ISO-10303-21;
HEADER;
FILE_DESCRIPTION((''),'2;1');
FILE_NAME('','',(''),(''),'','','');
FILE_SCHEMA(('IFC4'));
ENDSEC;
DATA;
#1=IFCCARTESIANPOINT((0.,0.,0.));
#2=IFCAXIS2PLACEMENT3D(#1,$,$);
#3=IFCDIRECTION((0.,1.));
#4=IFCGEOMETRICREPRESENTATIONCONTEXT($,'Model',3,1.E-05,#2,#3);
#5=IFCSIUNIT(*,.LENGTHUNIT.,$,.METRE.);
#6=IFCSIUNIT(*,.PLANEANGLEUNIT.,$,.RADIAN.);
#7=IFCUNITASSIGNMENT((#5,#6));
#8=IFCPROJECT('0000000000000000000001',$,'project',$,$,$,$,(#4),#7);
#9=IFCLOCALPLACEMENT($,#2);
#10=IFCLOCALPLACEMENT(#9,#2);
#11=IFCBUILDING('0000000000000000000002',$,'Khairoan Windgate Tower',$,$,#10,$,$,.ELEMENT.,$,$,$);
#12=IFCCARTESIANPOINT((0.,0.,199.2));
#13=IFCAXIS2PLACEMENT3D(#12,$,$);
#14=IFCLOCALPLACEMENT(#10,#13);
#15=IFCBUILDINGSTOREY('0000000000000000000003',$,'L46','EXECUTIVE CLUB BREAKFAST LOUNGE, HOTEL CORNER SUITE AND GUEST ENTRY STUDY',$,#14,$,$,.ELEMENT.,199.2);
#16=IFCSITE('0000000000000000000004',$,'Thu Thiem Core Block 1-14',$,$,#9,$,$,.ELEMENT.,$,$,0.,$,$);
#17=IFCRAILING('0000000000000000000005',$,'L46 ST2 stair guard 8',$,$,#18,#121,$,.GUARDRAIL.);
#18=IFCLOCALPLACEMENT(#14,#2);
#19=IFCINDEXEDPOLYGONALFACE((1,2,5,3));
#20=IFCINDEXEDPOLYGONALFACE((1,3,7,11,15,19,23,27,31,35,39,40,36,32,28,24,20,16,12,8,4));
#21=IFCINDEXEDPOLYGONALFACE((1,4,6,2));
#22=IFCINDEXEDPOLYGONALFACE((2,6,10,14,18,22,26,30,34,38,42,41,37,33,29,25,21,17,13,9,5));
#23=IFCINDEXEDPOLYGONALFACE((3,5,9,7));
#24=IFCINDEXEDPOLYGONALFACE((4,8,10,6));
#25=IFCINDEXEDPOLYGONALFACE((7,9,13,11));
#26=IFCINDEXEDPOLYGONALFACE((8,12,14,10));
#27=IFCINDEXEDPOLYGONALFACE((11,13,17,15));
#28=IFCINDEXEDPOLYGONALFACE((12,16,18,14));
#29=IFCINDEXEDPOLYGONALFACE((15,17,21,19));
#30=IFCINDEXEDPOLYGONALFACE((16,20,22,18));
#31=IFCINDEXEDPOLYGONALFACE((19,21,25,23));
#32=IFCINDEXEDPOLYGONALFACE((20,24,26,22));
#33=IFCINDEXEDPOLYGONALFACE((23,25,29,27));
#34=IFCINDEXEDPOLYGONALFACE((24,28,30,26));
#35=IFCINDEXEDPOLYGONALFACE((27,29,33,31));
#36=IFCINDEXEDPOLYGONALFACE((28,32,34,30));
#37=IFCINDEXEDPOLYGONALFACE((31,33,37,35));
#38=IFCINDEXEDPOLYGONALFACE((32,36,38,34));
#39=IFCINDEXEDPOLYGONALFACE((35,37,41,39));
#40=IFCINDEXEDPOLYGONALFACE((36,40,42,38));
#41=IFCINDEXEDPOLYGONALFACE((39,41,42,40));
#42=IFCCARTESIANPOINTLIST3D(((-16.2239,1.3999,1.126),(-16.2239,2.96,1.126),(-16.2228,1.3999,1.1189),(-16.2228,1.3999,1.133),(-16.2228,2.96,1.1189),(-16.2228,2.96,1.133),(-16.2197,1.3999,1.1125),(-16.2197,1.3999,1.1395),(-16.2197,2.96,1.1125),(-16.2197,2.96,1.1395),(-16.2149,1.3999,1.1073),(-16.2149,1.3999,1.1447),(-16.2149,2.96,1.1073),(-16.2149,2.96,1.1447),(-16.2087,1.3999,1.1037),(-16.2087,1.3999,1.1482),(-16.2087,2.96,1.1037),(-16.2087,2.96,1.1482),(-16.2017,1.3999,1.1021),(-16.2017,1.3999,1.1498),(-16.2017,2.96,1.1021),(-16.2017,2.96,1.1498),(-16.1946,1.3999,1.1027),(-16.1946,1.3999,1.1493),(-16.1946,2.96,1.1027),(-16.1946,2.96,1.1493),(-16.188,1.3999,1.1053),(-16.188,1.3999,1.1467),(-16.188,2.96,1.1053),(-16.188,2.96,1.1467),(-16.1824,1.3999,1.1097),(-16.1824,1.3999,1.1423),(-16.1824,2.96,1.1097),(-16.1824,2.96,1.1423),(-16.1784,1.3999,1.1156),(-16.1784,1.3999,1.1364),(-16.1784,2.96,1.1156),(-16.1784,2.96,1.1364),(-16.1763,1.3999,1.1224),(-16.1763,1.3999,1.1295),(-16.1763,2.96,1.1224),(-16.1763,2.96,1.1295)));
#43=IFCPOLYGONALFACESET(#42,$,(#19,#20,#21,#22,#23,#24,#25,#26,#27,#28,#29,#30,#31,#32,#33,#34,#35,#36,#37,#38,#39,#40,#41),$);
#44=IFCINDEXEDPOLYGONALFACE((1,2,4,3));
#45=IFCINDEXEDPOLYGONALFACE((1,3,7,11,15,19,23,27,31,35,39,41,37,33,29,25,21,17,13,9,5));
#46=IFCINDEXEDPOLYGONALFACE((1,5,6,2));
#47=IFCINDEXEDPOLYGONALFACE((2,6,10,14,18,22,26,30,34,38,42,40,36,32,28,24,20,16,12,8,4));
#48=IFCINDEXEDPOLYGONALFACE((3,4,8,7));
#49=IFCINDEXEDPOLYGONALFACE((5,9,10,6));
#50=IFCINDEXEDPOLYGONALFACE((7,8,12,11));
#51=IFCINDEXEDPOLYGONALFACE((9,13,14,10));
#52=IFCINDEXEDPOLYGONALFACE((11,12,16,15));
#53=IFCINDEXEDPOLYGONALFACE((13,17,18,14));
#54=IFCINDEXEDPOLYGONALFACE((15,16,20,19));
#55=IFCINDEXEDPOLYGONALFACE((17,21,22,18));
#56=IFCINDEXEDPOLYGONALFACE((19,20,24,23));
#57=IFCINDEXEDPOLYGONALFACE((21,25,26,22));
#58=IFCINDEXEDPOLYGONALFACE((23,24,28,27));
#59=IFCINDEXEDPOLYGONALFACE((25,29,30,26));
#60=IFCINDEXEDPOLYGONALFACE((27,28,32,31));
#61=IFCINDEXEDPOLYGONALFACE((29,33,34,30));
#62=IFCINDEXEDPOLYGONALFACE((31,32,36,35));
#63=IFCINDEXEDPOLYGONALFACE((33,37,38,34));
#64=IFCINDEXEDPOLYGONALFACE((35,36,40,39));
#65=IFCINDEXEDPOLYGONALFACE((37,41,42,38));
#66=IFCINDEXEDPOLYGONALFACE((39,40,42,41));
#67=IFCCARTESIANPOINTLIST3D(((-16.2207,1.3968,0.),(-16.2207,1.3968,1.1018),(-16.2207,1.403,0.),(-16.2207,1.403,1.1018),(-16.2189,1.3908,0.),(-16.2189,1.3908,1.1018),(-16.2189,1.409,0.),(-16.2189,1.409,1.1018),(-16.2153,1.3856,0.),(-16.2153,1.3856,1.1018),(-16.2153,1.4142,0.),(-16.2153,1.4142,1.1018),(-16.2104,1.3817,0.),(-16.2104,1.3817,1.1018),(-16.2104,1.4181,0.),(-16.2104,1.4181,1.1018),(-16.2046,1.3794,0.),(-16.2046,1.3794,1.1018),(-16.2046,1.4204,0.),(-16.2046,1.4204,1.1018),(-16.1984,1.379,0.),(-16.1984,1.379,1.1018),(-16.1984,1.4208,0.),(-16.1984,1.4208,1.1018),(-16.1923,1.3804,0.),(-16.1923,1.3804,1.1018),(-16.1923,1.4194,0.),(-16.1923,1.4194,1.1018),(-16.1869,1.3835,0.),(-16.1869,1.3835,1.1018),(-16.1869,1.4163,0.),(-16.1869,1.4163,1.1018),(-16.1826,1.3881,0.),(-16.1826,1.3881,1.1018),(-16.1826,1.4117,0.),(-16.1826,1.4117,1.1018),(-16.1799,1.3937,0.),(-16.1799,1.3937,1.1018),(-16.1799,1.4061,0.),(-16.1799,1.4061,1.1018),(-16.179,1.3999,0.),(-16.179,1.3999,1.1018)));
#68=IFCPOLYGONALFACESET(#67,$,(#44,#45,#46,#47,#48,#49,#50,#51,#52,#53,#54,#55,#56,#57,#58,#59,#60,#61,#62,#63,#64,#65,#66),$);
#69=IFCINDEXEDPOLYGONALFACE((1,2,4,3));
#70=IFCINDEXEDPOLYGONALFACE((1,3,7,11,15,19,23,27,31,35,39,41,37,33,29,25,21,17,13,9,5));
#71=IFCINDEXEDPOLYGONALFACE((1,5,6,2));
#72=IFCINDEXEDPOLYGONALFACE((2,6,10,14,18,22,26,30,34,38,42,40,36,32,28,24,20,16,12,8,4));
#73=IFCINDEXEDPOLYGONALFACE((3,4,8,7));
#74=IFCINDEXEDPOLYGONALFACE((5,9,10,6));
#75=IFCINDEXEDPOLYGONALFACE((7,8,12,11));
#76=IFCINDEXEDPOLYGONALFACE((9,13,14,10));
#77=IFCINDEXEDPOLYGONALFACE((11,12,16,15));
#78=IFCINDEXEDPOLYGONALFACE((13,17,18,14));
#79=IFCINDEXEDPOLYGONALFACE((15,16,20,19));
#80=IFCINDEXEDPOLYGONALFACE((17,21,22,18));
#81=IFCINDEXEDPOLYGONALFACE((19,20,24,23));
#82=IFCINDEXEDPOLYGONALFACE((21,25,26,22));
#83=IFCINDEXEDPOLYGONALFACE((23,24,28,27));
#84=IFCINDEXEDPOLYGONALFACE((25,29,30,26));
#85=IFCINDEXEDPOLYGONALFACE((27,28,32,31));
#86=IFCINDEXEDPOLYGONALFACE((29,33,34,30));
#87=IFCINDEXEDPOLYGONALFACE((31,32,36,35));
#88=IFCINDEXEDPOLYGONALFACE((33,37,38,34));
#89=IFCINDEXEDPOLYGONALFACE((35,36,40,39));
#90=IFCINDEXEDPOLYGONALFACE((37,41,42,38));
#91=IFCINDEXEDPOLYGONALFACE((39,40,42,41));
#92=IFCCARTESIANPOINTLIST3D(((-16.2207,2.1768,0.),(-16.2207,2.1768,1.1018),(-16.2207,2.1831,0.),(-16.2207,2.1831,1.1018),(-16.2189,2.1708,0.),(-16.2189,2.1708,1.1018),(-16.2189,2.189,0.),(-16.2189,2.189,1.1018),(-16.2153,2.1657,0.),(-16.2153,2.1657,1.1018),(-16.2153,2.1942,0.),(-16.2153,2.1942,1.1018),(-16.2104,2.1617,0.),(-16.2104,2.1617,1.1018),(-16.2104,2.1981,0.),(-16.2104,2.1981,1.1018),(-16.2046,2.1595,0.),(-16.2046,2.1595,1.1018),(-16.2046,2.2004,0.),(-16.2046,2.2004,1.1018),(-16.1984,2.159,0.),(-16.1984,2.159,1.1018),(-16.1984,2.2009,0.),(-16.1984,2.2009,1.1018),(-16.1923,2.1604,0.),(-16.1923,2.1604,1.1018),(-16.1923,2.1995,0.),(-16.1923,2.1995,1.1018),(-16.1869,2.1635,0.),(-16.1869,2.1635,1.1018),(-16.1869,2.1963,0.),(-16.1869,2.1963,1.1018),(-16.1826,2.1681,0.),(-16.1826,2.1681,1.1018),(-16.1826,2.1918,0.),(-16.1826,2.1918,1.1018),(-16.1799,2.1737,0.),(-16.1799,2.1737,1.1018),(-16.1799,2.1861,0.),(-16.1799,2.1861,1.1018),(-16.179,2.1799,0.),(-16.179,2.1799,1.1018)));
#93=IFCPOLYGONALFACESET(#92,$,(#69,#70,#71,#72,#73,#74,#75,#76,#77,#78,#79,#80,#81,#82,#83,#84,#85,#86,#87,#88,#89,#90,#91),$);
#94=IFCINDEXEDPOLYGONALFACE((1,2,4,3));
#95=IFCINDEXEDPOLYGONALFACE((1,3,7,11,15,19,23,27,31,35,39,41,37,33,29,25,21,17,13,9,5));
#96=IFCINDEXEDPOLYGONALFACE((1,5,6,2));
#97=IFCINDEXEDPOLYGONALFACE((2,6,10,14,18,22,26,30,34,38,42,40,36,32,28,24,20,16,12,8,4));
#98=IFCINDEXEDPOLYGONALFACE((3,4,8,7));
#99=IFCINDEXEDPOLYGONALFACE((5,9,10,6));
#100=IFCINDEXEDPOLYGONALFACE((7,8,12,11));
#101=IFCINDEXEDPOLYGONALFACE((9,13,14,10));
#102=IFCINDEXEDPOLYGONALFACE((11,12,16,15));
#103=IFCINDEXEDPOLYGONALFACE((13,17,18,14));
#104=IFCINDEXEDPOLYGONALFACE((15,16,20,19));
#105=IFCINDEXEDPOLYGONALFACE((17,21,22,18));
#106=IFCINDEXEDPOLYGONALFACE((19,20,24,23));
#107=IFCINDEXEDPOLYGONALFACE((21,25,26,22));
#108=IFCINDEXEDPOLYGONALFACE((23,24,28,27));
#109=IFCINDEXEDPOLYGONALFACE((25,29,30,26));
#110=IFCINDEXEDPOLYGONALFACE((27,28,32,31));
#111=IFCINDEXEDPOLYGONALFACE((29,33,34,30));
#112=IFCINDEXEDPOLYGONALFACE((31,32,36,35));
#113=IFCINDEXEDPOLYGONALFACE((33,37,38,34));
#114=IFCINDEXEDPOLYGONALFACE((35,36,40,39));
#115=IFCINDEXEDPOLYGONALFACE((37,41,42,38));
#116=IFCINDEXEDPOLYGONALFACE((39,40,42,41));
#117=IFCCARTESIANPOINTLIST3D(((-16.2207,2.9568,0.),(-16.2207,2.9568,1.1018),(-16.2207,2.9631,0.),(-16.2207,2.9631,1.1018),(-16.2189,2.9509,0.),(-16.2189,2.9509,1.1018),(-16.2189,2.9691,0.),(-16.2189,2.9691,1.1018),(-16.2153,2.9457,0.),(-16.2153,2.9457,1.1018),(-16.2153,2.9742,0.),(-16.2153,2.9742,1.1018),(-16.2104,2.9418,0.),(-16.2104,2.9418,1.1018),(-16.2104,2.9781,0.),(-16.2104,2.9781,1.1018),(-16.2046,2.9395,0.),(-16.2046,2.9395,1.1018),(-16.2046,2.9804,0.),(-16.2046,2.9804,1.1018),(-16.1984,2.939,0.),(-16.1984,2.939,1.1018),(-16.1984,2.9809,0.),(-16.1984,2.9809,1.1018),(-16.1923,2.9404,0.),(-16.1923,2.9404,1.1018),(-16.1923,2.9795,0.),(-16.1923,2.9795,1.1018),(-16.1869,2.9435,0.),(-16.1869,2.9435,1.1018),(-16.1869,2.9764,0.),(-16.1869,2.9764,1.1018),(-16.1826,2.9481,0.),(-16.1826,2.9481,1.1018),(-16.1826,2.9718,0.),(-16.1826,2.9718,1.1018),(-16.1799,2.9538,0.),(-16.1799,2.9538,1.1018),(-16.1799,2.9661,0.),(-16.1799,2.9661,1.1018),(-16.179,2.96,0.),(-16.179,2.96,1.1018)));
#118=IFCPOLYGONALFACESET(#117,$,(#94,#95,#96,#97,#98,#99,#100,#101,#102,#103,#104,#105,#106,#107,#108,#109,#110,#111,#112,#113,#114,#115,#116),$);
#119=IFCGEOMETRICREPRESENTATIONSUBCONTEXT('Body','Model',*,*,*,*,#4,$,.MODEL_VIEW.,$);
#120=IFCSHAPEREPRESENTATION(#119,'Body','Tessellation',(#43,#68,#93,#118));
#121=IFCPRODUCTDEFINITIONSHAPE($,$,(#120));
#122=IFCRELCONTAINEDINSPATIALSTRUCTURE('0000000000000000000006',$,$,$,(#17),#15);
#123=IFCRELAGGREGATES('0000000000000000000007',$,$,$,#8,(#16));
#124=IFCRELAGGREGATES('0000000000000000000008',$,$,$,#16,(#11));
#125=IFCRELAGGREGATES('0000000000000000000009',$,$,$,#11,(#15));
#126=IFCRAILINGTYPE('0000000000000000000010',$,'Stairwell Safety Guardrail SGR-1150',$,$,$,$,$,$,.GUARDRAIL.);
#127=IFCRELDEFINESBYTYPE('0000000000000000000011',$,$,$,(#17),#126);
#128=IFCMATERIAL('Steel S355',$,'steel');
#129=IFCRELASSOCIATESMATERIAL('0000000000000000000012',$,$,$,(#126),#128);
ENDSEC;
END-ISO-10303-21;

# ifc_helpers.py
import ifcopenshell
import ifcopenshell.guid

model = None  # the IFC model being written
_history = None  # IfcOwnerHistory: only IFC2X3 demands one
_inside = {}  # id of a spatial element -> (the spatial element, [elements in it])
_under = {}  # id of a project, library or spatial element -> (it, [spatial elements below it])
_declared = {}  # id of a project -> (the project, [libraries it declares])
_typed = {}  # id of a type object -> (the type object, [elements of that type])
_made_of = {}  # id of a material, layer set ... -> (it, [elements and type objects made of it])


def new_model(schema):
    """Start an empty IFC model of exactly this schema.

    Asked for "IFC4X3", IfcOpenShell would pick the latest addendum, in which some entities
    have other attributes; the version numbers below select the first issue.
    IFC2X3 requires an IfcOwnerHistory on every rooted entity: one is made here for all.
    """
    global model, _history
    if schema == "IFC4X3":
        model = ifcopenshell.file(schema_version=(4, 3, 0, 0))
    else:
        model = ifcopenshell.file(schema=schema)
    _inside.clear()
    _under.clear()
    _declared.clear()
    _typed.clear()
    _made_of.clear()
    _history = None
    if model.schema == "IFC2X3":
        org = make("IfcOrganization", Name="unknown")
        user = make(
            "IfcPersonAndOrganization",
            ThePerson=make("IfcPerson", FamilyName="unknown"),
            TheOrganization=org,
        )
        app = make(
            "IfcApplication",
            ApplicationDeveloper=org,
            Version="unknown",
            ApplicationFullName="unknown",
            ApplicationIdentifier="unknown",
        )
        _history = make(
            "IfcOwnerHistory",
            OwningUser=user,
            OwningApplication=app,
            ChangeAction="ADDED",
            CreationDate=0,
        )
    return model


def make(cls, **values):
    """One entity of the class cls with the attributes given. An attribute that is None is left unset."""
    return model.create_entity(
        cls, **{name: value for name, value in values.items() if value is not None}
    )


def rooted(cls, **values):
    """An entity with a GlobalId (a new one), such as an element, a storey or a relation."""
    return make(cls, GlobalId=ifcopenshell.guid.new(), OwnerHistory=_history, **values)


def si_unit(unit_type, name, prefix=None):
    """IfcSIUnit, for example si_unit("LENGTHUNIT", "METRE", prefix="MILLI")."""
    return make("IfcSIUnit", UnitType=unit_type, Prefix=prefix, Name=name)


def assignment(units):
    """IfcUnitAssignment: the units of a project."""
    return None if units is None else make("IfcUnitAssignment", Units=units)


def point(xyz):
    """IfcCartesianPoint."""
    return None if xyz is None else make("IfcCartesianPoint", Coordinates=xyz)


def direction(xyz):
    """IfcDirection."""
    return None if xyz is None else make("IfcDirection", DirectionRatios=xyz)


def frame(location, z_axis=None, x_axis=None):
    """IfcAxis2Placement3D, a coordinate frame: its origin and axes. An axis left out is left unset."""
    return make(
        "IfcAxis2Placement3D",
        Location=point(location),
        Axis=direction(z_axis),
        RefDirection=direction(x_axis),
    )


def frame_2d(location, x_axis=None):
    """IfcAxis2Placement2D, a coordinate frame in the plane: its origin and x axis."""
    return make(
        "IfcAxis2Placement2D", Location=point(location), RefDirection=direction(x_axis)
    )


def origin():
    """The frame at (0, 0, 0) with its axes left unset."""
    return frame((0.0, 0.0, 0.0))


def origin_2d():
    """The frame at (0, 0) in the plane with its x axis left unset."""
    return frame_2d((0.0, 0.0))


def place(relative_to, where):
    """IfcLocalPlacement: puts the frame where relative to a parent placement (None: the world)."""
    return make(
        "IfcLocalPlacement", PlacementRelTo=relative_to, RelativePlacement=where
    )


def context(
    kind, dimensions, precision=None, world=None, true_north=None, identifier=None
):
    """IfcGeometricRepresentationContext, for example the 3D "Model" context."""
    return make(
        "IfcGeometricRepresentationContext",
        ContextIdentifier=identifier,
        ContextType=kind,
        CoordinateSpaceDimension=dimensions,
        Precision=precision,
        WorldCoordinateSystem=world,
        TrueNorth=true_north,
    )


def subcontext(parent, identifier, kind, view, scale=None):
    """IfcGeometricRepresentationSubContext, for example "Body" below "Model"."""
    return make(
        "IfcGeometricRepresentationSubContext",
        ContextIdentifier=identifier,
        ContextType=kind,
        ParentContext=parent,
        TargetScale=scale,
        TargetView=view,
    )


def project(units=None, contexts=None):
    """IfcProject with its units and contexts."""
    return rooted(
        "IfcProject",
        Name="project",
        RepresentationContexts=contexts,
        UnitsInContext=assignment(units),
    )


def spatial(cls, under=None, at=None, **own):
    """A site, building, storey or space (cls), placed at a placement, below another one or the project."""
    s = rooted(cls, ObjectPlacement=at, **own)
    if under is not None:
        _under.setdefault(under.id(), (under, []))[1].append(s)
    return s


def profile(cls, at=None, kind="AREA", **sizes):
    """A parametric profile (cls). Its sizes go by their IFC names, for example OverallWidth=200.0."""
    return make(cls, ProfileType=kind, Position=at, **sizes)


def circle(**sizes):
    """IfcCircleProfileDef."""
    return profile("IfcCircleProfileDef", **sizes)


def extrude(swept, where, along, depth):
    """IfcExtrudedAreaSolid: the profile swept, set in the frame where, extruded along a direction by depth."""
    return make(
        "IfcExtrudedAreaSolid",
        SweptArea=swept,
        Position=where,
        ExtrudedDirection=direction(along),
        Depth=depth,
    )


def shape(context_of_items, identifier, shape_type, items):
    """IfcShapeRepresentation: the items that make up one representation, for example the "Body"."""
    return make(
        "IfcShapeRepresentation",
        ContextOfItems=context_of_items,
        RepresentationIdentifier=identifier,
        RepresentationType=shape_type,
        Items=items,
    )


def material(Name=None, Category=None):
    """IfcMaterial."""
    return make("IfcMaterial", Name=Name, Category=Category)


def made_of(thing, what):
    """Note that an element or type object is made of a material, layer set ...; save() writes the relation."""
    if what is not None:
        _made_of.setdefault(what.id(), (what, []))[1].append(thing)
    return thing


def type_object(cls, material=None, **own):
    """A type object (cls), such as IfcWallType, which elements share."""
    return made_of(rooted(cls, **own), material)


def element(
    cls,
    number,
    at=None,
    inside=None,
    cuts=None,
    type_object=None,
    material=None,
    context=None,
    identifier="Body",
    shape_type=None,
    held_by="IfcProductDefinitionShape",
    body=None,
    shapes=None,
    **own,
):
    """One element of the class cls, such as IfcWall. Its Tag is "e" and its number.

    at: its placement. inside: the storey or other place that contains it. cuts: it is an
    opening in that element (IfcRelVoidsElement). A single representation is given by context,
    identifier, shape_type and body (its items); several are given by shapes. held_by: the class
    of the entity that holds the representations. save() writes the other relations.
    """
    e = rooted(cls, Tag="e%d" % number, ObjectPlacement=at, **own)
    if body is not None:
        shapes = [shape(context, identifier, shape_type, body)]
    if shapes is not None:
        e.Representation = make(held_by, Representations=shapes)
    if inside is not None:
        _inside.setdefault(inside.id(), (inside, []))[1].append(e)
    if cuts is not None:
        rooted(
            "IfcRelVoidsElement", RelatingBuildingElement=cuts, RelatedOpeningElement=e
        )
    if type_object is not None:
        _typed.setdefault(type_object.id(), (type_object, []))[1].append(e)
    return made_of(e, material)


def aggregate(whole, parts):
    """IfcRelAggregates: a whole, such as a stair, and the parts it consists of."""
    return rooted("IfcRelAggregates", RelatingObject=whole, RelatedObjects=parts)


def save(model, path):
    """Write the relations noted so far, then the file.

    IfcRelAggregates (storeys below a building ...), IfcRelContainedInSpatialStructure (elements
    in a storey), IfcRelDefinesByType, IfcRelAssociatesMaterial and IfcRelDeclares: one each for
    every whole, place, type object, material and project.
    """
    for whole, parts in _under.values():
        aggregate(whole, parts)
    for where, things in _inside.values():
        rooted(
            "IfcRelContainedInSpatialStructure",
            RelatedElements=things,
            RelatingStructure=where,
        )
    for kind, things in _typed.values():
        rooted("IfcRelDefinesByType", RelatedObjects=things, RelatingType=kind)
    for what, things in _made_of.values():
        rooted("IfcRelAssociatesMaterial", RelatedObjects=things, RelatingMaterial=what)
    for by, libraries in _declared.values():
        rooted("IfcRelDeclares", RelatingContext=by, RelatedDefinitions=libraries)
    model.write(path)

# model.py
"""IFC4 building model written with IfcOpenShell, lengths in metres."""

from ifc_helpers import new_model, si_unit, direction, frame, origin, origin_2d, place, context, subcontext, project, spatial, circle, extrude, material, type_object, element, save


model = new_model("IFC4")

# Units and contexts
model_context = context("Model", 3, precision=1e-05, world=origin(), true_north=direction((0.0, 1.0)))
body_context = subcontext(model_context, "Body", "Model", "MODEL_VIEW")
ifc_project = project(units=[si_unit("LENGTHUNIT", "METRE"), si_unit("PLANEANGLEUNIT", "RADIAN")], contexts=[model_context])

# Site, building, storey
site_placement = place(None, origin())
site = spatial("IfcSite", under=ifc_project, at=site_placement, Name="Thu Thiem Core Block 1-14", CompositionType="ELEMENT", RefElevation=0.0)
building_placement = place(site_placement, origin())
building = spatial("IfcBuilding", under=site, at=building_placement, Name="Khairoan Windgate Tower", CompositionType="ELEMENT")
storey_placement = place(building_placement, frame((0.0, 0.0, 199.2)))
storey = spatial("IfcBuildingStorey", under=building, at=storey_placement, Name="L46", Description="EXECUTIVE CLUB BREAKFAST LOUNGE, HOTEL CORNER SUITE AND GUEST ENTRY STUDY", CompositionType="ELEMENT", Elevation=199.2)

# Railing
ifc_material_1 = material(Name="Steel S355", Category="steel")
railing_type_1 = type_object("IfcRailingType", Name="Stairwell Safety Guardrail SGR-1150", PredefinedType="GUARDRAIL", material=ifc_material_1)
railing_1_placement = place(storey_placement, frame((-16.2, 1.3999, 0.0)))
element("IfcRailing", 1, at=railing_1_placement, inside=storey, type_object=railing_type_1, Name="L46 ST2 stair guard 8", PredefinedType="GUARDRAIL", context=body_context, shape_type="SweptSolid", body=[
    extrude(circle(Radius=0.0239, at=origin_2d()), frame((0.0, 0.0, 1.126), z_axis=(0.0, 1.0, 0.0), x_axis=(-1.0, 0.0, 0.0)), (0.0, 0.0, 1.0), 1.5601),
    extrude(circle(Radius=0.021, at=origin_2d()), origin(), (0.0, 0.0, 1.0), 1.1018),
    extrude(circle(Radius=0.021, at=origin_2d()), frame((0.0, 0.78, 0.0)), (0.0, 0.0, 1.0), 1.1018),
    extrude(circle(Radius=0.021, at=origin_2d()), frame((0.0, 1.5601, 0.0)), (0.0, 0.0, 1.0), 1.1018),
])

save(model, "model.ifc")
